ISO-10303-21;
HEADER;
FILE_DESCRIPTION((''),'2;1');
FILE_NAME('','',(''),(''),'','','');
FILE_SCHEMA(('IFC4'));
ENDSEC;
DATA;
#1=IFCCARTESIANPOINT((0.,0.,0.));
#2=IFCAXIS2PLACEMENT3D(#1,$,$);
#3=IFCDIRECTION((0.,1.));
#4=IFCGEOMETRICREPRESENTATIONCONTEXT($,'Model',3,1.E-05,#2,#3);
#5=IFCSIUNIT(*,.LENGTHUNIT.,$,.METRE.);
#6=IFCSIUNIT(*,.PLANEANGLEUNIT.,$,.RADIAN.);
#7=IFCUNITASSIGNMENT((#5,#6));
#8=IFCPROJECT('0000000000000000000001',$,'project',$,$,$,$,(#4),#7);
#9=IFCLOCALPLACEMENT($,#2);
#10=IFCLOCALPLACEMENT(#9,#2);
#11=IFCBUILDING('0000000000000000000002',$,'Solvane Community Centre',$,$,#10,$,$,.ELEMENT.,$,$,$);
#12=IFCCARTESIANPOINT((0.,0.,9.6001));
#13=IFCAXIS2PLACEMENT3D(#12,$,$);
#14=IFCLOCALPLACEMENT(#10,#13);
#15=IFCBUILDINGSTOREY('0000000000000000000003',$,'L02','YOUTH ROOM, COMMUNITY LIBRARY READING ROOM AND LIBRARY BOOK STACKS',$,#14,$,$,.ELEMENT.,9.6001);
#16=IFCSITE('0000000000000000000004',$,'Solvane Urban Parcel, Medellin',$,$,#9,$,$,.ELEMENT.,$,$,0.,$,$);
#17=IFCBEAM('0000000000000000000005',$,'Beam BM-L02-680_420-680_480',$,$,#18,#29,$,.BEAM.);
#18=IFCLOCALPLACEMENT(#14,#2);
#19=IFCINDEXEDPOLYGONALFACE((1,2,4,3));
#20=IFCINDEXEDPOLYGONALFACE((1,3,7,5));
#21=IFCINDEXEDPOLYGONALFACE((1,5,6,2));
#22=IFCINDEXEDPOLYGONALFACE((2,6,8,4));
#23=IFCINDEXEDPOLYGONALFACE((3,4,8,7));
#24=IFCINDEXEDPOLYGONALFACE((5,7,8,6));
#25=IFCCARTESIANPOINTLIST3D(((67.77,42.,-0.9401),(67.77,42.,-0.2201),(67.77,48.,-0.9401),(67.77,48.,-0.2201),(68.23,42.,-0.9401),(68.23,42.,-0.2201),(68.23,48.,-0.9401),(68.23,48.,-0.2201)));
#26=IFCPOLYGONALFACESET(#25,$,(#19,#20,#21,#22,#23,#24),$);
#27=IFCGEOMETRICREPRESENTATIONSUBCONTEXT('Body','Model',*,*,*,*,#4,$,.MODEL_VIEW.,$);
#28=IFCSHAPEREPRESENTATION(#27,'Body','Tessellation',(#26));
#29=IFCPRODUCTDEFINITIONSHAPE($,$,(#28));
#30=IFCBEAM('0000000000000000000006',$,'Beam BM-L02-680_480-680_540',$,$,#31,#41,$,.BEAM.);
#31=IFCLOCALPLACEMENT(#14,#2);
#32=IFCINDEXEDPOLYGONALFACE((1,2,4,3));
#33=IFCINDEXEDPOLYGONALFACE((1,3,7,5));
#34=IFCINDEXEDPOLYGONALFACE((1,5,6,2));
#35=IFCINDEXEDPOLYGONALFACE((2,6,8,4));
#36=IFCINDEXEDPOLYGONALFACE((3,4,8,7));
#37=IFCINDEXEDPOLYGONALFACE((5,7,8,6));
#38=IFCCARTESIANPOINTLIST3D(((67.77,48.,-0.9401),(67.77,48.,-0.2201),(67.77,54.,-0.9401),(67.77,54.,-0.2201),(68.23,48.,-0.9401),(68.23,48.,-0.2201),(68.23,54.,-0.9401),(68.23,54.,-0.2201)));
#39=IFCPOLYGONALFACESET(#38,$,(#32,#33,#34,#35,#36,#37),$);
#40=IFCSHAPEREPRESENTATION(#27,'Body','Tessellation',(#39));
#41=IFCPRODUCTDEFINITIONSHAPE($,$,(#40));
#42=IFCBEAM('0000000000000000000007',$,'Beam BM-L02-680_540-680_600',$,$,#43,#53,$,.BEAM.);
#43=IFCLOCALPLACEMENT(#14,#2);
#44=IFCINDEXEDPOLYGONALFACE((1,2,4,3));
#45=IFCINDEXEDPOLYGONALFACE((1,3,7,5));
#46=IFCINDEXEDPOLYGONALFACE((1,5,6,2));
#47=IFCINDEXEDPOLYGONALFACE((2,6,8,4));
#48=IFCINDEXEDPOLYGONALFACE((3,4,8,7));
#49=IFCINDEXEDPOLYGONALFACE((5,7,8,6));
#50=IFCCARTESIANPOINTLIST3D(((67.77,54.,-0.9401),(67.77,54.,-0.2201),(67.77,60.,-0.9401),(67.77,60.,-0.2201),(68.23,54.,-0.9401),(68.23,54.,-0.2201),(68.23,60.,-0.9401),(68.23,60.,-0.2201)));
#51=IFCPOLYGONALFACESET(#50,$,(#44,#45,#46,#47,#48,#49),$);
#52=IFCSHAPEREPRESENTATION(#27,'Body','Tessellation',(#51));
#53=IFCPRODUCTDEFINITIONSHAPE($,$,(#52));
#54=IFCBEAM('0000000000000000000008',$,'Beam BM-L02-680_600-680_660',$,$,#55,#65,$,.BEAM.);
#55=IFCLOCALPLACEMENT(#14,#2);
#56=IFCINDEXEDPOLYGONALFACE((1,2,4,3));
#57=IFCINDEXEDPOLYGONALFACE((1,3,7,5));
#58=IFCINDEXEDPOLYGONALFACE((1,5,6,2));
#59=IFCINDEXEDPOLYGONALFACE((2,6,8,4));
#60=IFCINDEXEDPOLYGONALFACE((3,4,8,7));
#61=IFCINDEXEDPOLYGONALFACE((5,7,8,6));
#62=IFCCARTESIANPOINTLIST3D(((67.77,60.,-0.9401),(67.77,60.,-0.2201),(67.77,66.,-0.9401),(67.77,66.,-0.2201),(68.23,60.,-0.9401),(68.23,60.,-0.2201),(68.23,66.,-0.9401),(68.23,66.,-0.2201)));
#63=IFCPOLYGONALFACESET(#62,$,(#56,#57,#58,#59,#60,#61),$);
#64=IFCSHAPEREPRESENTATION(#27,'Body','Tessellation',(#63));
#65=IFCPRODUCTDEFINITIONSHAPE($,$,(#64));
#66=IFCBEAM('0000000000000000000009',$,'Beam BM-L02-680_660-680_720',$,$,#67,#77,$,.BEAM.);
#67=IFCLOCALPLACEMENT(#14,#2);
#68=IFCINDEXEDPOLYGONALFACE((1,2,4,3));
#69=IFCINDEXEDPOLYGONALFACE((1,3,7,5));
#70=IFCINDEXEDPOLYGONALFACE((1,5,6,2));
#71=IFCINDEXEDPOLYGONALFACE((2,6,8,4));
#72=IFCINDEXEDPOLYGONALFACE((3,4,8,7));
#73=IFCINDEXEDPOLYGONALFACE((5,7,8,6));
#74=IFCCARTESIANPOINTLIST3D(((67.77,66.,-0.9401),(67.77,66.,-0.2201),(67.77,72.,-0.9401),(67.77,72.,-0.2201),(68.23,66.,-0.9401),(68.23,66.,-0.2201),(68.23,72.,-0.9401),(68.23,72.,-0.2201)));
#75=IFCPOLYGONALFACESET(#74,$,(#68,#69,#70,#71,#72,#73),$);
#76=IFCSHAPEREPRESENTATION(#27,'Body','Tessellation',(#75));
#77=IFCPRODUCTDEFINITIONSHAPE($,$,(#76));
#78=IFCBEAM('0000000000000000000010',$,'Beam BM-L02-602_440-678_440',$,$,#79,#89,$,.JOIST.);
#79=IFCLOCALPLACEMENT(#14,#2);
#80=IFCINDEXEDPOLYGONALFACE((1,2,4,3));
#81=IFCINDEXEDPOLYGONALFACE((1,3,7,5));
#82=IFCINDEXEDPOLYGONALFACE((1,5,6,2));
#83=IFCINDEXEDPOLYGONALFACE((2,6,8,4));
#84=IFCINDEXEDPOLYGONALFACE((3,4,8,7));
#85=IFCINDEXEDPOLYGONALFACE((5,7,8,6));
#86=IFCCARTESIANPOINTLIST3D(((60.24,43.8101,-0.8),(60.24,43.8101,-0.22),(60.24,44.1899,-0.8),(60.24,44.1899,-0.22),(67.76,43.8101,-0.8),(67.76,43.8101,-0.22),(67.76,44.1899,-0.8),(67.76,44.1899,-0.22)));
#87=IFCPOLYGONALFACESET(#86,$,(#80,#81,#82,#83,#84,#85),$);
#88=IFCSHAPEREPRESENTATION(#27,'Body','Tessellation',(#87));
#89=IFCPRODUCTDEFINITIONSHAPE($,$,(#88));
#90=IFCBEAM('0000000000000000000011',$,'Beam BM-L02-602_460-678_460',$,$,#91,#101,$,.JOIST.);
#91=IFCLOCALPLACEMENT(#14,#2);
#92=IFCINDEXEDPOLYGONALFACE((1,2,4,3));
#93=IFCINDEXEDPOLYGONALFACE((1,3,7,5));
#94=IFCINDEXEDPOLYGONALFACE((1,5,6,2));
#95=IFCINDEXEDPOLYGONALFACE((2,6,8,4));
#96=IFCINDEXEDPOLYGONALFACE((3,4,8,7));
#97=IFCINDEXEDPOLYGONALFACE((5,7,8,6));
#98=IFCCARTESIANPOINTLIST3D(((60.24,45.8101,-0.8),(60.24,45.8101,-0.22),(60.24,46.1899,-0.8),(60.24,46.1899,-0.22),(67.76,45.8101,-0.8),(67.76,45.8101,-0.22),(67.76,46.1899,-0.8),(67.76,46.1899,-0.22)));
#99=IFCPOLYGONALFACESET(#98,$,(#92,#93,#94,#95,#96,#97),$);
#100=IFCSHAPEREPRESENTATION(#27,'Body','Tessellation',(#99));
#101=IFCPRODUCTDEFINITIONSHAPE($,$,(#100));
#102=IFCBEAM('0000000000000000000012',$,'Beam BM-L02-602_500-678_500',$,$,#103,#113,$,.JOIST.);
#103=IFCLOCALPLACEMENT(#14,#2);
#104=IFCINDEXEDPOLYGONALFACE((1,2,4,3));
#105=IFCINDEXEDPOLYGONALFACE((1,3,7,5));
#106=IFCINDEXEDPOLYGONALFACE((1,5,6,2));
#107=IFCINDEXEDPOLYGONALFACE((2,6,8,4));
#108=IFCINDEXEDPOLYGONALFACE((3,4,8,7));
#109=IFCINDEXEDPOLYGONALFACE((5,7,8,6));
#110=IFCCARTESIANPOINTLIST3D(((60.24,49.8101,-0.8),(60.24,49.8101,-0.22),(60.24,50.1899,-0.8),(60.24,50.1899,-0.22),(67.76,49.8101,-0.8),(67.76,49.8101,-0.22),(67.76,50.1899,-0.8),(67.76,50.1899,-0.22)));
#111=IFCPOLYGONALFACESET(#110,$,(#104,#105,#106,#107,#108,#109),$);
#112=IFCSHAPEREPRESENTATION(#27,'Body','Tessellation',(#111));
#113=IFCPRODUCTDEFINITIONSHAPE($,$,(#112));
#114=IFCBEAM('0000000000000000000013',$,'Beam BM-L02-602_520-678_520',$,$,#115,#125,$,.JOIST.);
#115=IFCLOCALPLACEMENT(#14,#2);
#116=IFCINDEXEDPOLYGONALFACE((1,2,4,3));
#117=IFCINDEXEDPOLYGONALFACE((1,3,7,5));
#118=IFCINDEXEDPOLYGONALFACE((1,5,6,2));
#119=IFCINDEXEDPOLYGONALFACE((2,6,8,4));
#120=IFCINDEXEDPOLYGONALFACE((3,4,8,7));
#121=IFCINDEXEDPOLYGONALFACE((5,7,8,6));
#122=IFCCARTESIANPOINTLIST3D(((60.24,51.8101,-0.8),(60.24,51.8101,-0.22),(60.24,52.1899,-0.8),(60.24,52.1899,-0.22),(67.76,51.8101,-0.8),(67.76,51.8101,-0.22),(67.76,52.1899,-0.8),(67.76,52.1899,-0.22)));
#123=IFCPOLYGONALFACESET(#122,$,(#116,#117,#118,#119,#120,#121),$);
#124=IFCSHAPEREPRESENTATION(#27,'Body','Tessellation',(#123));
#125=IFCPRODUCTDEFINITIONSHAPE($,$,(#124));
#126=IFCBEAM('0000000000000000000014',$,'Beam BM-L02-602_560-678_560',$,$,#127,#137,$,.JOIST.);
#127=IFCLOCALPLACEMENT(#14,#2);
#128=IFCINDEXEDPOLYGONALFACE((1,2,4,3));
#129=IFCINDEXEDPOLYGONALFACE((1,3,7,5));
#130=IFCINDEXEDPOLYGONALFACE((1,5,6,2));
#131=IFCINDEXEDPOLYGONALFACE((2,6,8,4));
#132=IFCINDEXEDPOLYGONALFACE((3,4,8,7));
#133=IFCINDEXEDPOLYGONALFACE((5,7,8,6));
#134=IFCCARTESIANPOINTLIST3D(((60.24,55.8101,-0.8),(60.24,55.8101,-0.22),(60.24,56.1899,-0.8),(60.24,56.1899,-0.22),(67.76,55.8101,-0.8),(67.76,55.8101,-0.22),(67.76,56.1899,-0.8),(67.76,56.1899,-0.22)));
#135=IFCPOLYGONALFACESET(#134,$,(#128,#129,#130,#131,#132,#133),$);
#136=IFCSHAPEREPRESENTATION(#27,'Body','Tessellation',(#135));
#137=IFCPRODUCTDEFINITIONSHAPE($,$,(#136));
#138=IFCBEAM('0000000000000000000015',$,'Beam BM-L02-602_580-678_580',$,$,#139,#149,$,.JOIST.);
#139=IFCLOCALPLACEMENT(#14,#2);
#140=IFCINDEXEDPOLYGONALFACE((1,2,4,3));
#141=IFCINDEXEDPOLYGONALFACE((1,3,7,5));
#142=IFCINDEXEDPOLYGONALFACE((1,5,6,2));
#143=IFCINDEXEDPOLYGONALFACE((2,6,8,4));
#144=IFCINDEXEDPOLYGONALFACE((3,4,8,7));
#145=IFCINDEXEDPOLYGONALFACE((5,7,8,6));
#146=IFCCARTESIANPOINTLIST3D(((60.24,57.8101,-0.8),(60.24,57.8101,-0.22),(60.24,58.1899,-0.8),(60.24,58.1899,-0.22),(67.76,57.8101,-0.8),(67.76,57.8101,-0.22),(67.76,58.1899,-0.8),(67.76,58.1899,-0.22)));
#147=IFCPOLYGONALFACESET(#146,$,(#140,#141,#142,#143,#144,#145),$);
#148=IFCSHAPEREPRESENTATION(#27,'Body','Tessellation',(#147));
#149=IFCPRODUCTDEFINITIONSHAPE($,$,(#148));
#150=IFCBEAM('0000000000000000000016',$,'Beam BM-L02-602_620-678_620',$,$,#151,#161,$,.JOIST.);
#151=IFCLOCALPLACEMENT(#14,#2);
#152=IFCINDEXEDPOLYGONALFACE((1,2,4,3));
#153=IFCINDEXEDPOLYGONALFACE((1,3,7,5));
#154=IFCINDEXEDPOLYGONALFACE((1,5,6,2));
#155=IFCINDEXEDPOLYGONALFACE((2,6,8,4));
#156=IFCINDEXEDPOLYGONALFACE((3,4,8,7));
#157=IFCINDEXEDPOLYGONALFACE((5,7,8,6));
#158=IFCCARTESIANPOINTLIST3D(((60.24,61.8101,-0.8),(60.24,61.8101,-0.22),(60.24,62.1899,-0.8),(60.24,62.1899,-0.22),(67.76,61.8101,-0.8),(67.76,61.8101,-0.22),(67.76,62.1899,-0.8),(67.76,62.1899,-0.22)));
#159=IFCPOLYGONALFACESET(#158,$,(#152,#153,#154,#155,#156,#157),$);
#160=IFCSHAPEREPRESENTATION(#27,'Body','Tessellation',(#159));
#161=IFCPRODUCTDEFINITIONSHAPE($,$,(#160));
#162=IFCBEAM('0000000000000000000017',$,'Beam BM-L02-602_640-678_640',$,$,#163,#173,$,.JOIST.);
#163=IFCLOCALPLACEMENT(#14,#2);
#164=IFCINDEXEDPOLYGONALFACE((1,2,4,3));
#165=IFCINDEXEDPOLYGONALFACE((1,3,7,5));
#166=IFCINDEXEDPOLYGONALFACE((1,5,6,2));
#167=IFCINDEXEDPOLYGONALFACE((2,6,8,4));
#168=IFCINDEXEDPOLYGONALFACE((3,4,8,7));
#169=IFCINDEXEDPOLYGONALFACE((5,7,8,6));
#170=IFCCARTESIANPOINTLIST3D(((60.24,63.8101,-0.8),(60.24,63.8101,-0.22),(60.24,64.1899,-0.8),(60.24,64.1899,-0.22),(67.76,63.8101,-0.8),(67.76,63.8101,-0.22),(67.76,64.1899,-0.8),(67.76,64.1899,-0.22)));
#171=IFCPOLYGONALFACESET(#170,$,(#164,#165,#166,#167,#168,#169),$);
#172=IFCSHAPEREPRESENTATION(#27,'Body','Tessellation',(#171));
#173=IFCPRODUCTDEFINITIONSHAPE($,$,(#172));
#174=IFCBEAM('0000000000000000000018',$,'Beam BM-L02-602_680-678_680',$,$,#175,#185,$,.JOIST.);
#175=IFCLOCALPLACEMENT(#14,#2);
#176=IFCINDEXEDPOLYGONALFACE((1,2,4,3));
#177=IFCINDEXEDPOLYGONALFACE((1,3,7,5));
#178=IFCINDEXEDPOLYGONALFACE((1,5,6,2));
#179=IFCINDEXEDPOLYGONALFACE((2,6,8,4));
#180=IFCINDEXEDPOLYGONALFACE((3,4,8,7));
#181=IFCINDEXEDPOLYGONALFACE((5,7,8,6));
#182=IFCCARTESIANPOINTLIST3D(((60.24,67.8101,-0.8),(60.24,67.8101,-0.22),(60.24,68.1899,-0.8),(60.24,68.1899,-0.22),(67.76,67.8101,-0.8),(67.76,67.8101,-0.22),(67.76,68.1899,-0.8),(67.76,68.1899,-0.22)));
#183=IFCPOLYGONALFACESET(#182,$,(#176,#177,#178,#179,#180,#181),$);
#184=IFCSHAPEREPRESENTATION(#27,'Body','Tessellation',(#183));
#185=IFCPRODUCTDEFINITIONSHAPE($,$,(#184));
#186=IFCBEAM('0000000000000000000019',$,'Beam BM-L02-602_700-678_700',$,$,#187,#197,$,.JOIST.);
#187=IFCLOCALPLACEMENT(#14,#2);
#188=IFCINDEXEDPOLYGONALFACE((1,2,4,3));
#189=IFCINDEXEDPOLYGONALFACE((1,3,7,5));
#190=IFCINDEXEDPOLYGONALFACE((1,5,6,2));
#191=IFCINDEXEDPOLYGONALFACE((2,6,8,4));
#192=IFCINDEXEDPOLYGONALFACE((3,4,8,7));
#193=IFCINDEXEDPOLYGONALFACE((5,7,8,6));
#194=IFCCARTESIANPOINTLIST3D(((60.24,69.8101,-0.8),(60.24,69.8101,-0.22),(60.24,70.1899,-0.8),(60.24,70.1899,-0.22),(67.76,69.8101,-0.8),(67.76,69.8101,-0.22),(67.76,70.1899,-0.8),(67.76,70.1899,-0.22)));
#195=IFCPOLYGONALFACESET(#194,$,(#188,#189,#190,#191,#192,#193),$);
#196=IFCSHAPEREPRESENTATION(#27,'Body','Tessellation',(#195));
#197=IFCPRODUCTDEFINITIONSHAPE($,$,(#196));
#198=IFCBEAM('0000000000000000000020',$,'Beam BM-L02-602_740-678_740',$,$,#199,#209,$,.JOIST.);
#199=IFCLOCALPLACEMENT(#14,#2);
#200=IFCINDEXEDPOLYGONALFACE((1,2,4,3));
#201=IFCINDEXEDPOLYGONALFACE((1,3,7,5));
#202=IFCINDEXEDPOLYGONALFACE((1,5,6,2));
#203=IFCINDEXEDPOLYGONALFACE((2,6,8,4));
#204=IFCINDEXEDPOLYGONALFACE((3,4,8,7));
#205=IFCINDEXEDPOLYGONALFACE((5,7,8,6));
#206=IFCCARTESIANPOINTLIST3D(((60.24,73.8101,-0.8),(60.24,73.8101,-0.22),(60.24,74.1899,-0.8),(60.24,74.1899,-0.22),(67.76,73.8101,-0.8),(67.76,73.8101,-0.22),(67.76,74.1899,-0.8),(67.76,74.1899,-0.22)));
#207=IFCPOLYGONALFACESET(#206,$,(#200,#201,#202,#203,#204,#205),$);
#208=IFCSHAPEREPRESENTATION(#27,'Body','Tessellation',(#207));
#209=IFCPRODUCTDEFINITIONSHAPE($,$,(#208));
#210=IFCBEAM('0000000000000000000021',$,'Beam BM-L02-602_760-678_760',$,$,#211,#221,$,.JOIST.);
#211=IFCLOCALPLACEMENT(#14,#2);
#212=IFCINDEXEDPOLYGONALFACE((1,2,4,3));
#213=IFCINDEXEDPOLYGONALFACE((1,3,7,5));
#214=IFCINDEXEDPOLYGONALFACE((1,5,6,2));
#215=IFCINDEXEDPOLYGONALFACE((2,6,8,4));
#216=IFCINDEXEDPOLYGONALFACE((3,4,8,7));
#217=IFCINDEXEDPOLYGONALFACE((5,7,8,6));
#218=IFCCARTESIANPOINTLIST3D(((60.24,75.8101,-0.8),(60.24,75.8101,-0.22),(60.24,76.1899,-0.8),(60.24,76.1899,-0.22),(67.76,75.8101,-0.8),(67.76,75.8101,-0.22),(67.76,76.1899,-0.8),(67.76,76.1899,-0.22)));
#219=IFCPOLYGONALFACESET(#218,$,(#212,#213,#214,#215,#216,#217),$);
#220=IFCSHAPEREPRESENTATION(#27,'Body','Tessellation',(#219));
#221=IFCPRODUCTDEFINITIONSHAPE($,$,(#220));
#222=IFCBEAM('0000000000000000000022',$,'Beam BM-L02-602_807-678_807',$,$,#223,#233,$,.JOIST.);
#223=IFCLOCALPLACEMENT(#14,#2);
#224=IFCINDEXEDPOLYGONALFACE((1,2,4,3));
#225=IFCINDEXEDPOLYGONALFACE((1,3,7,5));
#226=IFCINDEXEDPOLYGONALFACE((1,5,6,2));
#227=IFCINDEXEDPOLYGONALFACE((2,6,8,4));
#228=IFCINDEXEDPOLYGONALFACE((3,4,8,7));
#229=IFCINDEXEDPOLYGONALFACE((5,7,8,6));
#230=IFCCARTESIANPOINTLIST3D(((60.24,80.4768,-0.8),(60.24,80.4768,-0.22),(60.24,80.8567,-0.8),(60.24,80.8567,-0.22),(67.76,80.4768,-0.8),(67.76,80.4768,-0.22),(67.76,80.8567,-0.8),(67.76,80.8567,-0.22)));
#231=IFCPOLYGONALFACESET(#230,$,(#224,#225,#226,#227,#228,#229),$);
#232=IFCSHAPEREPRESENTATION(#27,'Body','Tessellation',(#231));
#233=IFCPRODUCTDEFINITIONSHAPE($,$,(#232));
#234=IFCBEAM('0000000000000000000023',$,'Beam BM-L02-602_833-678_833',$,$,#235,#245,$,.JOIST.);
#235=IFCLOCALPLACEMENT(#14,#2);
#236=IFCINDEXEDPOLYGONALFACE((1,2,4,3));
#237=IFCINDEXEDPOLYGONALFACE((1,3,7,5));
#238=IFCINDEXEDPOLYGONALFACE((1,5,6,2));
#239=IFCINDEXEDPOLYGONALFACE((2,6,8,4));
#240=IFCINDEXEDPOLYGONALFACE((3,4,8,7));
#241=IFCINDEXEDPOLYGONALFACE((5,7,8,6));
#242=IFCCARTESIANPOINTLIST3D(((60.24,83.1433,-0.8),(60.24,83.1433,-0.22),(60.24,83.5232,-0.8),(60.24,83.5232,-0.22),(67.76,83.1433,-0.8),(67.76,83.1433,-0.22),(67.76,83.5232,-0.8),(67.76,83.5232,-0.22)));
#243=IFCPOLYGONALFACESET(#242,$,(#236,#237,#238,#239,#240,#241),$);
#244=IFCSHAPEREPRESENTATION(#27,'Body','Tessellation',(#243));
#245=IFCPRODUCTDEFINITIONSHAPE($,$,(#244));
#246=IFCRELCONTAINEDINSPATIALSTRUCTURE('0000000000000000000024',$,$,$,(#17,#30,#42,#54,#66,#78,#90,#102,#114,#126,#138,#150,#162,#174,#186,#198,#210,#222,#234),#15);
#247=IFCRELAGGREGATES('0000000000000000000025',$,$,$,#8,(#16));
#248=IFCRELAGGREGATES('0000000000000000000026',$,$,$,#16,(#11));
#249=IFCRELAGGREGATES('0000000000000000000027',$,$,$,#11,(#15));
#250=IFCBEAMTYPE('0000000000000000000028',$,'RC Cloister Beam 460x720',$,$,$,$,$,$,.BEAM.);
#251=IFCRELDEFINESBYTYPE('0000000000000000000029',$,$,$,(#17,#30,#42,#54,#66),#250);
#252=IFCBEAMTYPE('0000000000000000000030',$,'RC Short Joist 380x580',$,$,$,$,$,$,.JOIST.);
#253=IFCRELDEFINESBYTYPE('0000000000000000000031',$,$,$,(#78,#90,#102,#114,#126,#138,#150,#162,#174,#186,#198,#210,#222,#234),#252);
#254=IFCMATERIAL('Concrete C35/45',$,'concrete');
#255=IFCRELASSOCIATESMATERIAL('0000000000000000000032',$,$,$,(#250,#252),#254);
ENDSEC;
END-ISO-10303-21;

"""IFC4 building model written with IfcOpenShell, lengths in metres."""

from ifc_helpers import new_model, si_unit, direction, frame, origin, origin_2d, place, context, subcontext, project, spatial, rectangle, extrude, material, material_profile, profile_set, type_object, element, save


model = new_model("IFC4")

# Units and contexts
model_context = context("Model", 3, precision=1e-05, world=origin(), true_north=direction((0.0, 1.0)))
body_context = subcontext(model_context, "Body", "Model", "MODEL_VIEW")
ifc_project = project(units=[si_unit("LENGTHUNIT", "METRE"), si_unit("PLANEANGLEUNIT", "RADIAN")], contexts=[model_context])

# Site, building, storey
site_placement = place(None, origin())
site = spatial("IfcSite", under=ifc_project, at=site_placement, Name="Solvane Urban Parcel, Medellin", CompositionType="ELEMENT", RefElevation=0.0)
building_placement = place(site_placement, origin())
building = spatial("IfcBuilding", under=site, at=building_placement, Name="Solvane Community Centre", CompositionType="ELEMENT")
storey_placement = place(building_placement, frame((0.0, 0.0, 9.6001)))
storey = spatial("IfcBuildingStorey", under=building, at=storey_placement, Name="L02", Description="YOUTH ROOM, COMMUNITY LIBRARY READING ROOM AND LIBRARY BOOK STACKS", CompositionType="ELEMENT", Elevation=9.6001)

# Beams
ifc_material = material(Name="Concrete C35/45", Category="concrete")
ifc_material_profile_1 = material_profile(ifc_material, rectangle(XDim=0.46, YDim=0.72, at=origin_2d()), Name="RC 460x720")
ifc_profile_set_1 = profile_set([ifc_material_profile_1], Name="Concrete C35/45")
beam_type_1 = type_object("IfcBeamType", Name="RC Cloister Beam 460x720", PredefinedType="BEAM", material=ifc_profile_set_1)
for number, where, z_axis, x_axis, name in (
    (1, (68.0, 42.0, -0.5801), (0.0, 1.0, 0.0), (-1.0, 0.0, 0.0), "Beam BM-L02-680_420-680_480"),
    (2, (68.0, 48.0, -0.5801), (0.0, 1.0, 0.0), (-1.0, 0.0, 0.0), "Beam BM-L02-680_480-680_540"),
    (3, (68.0, 54.0, -0.5801), (0.0, 1.0, 0.0), (-1.0, 0.0, 0.0), "Beam BM-L02-680_540-680_600"),
    (4, (68.0, 60.0, -0.5801), (0.0, 1.0, 0.0), (-1.0, 0.0, 0.0), "Beam BM-L02-680_600-680_660"),
    (5, (68.0, 66.0, -0.5801), (0.0, 1.0, 0.0), (-1.0, 0.0, 0.0), "Beam BM-L02-680_660-680_720"),
):
    element("IfcBeam", number, at=place(storey_placement, frame(where, z_axis=z_axis, x_axis=x_axis)), inside=storey, type_object=beam_type_1, Name=name, PredefinedType="BEAM", context=body_context, shape_type="SweptSolid", body=[
        extrude(rectangle(XDim=0.46, YDim=0.72, at=origin_2d()), origin(), (0.0, 0.0, 1.0), 6.0),
    ])
ifc_material_profile_2 = material_profile(ifc_material, rectangle(XDim=0.3799, YDim=0.5801, at=origin_2d()), Name="RC 380x580")
ifc_profile_set_2 = profile_set([ifc_material_profile_2], Name="Concrete C35/45")
beam_type_2 = type_object("IfcBeamType", Name="RC Short Joist 380x580", PredefinedType="JOIST", material=ifc_profile_set_2)
for number, where, z_axis, x_axis, name in (
    (6, (60.24, 44.0, -0.51), (1.0, 0.0, 0.0), (0.0, 1.0, 0.0), "Beam BM-L02-602_440-678_440"),
    (7, (60.24, 46.0, -0.51), (1.0, 0.0, 0.0), (0.0, 1.0, 0.0), "Beam BM-L02-602_460-678_460"),
    (8, (60.24, 50.0, -0.51), (1.0, 0.0, 0.0), (0.0, 1.0, 0.0), "Beam BM-L02-602_500-678_500"),
    (9, (60.24, 52.0, -0.51), (1.0, 0.0, 0.0), (0.0, 1.0, 0.0), "Beam BM-L02-602_520-678_520"),
    (10, (60.24, 56.0, -0.51), (1.0, 0.0, 0.0), (0.0, 1.0, 0.0), "Beam BM-L02-602_560-678_560"),
    (11, (60.24, 58.0, -0.51), (1.0, 0.0, 0.0), (0.0, 1.0, 0.0), "Beam BM-L02-602_580-678_580"),
    (12, (60.24, 62.0, -0.51), (1.0, 0.0, 0.0), (0.0, 1.0, 0.0), "Beam BM-L02-602_620-678_620"),
    (13, (60.24, 64.0, -0.51), (1.0, 0.0, 0.0), (0.0, 1.0, 0.0), "Beam BM-L02-602_640-678_640"),
    (14, (60.24, 68.0, -0.51), (1.0, 0.0, 0.0), (0.0, 1.0, 0.0), "Beam BM-L02-602_680-678_680"),
    (15, (60.24, 70.0, -0.51), (1.0, 0.0, 0.0), (0.0, 1.0, 0.0), "Beam BM-L02-602_700-678_700"),
    (16, (60.24, 74.0, -0.51), (1.0, 0.0, 0.0), (0.0, 1.0, 0.0), "Beam BM-L02-602_740-678_740"),
    (17, (60.24, 76.0, -0.51), (1.0, 0.0, 0.0), (0.0, 1.0, 0.0), "Beam BM-L02-602_760-678_760"),
    (18, (60.24, 80.6667, -0.51), (1.0, 0.0, 0.0), (0.0, 1.0, 0.0), "Beam BM-L02-602_807-678_807"),
    (19, (60.24, 83.3333, -0.51), (1.0, 0.0, 0.0), (0.0, 1.0, 0.0), "Beam BM-L02-602_833-678_833"),
):
    element("IfcBeam", number, at=place(storey_placement, frame(where, z_axis=z_axis, x_axis=x_axis)), inside=storey, type_object=beam_type_2, Name=name, PredefinedType="JOIST", context=body_context, shape_type="SweptSolid", body=[
        extrude(rectangle(XDim=0.3799, YDim=0.5801, at=origin_2d()), origin(), (0.0, 0.0, 1.0), 7.52),
    ])

save(model, "model.ifc")
